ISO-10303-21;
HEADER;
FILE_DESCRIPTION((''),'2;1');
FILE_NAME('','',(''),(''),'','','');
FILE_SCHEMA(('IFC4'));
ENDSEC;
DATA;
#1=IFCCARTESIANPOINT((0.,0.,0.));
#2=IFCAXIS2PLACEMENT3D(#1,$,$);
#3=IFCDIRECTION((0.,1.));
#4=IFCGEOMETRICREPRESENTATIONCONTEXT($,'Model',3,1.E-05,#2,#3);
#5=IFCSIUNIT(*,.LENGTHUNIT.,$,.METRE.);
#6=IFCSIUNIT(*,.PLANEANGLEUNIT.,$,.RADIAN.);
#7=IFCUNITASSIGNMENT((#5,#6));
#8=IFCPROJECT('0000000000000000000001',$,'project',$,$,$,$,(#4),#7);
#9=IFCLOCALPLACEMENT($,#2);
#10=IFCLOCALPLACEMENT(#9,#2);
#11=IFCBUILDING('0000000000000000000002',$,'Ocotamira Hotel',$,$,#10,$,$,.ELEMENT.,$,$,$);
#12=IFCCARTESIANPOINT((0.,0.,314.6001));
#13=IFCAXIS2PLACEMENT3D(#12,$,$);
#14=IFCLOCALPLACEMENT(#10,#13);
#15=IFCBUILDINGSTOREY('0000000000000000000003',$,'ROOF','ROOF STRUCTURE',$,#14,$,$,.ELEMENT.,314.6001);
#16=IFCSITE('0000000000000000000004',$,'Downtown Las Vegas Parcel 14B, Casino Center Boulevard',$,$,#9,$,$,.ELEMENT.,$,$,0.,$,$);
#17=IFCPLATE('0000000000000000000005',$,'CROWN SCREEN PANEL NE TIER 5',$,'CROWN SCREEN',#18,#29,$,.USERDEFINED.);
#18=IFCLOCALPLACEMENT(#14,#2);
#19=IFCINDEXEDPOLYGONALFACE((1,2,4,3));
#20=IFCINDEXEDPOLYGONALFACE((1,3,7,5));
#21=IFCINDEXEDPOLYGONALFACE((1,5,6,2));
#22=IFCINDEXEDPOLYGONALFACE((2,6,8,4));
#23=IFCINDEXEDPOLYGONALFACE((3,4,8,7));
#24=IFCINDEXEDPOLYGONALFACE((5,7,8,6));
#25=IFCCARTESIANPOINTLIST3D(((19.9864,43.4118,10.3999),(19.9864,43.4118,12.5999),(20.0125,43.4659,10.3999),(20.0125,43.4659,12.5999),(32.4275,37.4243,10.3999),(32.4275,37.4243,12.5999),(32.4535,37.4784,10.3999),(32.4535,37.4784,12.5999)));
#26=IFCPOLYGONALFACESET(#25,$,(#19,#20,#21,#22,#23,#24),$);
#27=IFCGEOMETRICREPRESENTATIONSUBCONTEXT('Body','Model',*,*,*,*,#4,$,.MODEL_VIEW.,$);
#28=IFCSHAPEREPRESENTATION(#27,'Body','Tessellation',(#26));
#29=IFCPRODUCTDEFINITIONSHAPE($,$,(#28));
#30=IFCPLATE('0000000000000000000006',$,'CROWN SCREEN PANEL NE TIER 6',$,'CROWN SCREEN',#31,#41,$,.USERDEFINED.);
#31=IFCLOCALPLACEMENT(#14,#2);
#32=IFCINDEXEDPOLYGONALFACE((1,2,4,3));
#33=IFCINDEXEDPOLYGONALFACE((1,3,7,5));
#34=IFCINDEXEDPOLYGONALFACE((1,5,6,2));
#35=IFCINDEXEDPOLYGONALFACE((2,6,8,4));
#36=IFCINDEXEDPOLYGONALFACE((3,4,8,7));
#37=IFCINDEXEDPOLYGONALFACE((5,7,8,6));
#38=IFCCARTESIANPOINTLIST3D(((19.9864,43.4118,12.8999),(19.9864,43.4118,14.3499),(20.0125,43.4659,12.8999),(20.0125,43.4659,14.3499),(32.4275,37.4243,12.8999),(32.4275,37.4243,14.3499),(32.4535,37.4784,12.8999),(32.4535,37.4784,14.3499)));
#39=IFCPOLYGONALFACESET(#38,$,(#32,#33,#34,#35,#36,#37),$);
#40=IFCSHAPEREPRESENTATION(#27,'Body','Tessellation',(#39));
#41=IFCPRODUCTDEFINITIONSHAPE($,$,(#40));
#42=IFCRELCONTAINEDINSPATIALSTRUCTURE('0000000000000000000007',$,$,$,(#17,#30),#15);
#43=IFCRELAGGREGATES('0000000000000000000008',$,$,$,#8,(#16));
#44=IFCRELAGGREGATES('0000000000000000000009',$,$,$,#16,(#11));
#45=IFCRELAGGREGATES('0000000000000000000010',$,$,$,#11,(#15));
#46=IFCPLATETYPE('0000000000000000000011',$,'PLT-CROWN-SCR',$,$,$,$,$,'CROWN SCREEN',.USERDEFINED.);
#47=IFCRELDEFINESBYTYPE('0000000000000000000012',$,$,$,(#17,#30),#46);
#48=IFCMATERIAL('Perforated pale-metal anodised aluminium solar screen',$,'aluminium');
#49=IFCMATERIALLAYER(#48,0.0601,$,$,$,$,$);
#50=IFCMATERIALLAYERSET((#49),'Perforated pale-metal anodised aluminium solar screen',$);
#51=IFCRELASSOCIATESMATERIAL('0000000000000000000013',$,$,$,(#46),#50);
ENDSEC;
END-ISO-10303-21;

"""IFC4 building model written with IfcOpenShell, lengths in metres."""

from ifc_helpers import new_model, si_unit, direction, frame, origin, origin_2d, place, context, subcontext, project, spatial, rectangle, extrude, source, transform, mapped, material, layer, layer_set, type_object, element, save


model = new_model("IFC4")

# Units and contexts
model_context = context("Model", 3, precision=1e-05, world=origin(), true_north=direction((0.0, 1.0)))
body_context = subcontext(model_context, "Body", "Model", "MODEL_VIEW")
ifc_project = project(units=[si_unit("LENGTHUNIT", "METRE"), si_unit("PLANEANGLEUNIT", "RADIAN")], contexts=[model_context])

# Site, building, storey
site_placement = place(None, origin())
site = spatial("IfcSite", under=ifc_project, at=site_placement, Name="Downtown Las Vegas Parcel 14B, Casino Center Boulevard", CompositionType="ELEMENT", RefElevation=0.0)
building_placement = place(site_placement, origin())
building = spatial("IfcBuilding", under=site, at=building_placement, Name="Ocotamira Hotel", CompositionType="ELEMENT")
storey_placement = place(building_placement, frame((0.0, 0.0, 314.6001)))
storey = spatial("IfcBuildingStorey", under=building, at=storey_placement, Name="ROOF", Description="ROOF STRUCTURE", CompositionType="ELEMENT", Elevation=314.6001)

# Plates
ifc_material_1 = material(Name="Perforated pale-metal anodised aluminium solar screen", Category="aluminium")
ifc_layer_1 = layer(ifc_material_1, 0.0601)
ifc_layer_set_1 = layer_set([ifc_layer_1], Name="Perforated pale-metal anodised aluminium solar screen")
plate_type_1 = type_object("IfcPlateType", Name="PLT-CROWN-SCR", ElementType="CROWN SCREEN", PredefinedType="USERDEFINED", material=ifc_layer_set_1)
shared_shape_1 = source(origin(), body_context, "Body", "SweptSolid", [
    extrude(rectangle(XDim=13.8069, YDim=0.0601, at=origin_2d()), origin(), (0.0, 0.0, 1.0), 2.2),
])
for number, where, z_axis, x_axis, name in (
    (1, (26.22, 40.4451, 10.3999), (0.0, 0.0, 1.0), (0.901077, -0.433659, 0.0), "CROWN SCREEN PANEL NE TIER 5"),
):
    element("IfcPlate", number, at=place(storey_placement, frame(where, z_axis=z_axis, x_axis=x_axis)), inside=storey, type_object=plate_type_1, Name=name, ObjectType="CROWN SCREEN", PredefinedType="USERDEFINED", context=body_context, shape_type="MappedRepresentation", body=[
        mapped(shared_shape_1, transform((0.0, 0.0, 0.0), scale=1.0)),
    ])
shared_shape_2 = source(origin(), body_context, "Body", "SweptSolid", [
    extrude(rectangle(XDim=13.8069, YDim=0.0601, at=origin_2d()), origin(), (0.0, 0.0, 1.0), 1.45),
])
plate_1_placement = place(storey_placement, frame((26.22, 40.4451, 12.8999), z_axis=(0.0, 0.0, 1.0), x_axis=(0.901077, -0.433659, 0.0)))
element("IfcPlate", 2, at=plate_1_placement, inside=storey, type_object=plate_type_1, Name="CROWN SCREEN PANEL NE TIER 6", ObjectType="CROWN SCREEN", PredefinedType="USERDEFINED", context=body_context, shape_type="MappedRepresentation", body=[
    mapped(shared_shape_2, transform((0.0, 0.0, 0.0), scale=1.0)),
])

save(model, "model.ifc")
